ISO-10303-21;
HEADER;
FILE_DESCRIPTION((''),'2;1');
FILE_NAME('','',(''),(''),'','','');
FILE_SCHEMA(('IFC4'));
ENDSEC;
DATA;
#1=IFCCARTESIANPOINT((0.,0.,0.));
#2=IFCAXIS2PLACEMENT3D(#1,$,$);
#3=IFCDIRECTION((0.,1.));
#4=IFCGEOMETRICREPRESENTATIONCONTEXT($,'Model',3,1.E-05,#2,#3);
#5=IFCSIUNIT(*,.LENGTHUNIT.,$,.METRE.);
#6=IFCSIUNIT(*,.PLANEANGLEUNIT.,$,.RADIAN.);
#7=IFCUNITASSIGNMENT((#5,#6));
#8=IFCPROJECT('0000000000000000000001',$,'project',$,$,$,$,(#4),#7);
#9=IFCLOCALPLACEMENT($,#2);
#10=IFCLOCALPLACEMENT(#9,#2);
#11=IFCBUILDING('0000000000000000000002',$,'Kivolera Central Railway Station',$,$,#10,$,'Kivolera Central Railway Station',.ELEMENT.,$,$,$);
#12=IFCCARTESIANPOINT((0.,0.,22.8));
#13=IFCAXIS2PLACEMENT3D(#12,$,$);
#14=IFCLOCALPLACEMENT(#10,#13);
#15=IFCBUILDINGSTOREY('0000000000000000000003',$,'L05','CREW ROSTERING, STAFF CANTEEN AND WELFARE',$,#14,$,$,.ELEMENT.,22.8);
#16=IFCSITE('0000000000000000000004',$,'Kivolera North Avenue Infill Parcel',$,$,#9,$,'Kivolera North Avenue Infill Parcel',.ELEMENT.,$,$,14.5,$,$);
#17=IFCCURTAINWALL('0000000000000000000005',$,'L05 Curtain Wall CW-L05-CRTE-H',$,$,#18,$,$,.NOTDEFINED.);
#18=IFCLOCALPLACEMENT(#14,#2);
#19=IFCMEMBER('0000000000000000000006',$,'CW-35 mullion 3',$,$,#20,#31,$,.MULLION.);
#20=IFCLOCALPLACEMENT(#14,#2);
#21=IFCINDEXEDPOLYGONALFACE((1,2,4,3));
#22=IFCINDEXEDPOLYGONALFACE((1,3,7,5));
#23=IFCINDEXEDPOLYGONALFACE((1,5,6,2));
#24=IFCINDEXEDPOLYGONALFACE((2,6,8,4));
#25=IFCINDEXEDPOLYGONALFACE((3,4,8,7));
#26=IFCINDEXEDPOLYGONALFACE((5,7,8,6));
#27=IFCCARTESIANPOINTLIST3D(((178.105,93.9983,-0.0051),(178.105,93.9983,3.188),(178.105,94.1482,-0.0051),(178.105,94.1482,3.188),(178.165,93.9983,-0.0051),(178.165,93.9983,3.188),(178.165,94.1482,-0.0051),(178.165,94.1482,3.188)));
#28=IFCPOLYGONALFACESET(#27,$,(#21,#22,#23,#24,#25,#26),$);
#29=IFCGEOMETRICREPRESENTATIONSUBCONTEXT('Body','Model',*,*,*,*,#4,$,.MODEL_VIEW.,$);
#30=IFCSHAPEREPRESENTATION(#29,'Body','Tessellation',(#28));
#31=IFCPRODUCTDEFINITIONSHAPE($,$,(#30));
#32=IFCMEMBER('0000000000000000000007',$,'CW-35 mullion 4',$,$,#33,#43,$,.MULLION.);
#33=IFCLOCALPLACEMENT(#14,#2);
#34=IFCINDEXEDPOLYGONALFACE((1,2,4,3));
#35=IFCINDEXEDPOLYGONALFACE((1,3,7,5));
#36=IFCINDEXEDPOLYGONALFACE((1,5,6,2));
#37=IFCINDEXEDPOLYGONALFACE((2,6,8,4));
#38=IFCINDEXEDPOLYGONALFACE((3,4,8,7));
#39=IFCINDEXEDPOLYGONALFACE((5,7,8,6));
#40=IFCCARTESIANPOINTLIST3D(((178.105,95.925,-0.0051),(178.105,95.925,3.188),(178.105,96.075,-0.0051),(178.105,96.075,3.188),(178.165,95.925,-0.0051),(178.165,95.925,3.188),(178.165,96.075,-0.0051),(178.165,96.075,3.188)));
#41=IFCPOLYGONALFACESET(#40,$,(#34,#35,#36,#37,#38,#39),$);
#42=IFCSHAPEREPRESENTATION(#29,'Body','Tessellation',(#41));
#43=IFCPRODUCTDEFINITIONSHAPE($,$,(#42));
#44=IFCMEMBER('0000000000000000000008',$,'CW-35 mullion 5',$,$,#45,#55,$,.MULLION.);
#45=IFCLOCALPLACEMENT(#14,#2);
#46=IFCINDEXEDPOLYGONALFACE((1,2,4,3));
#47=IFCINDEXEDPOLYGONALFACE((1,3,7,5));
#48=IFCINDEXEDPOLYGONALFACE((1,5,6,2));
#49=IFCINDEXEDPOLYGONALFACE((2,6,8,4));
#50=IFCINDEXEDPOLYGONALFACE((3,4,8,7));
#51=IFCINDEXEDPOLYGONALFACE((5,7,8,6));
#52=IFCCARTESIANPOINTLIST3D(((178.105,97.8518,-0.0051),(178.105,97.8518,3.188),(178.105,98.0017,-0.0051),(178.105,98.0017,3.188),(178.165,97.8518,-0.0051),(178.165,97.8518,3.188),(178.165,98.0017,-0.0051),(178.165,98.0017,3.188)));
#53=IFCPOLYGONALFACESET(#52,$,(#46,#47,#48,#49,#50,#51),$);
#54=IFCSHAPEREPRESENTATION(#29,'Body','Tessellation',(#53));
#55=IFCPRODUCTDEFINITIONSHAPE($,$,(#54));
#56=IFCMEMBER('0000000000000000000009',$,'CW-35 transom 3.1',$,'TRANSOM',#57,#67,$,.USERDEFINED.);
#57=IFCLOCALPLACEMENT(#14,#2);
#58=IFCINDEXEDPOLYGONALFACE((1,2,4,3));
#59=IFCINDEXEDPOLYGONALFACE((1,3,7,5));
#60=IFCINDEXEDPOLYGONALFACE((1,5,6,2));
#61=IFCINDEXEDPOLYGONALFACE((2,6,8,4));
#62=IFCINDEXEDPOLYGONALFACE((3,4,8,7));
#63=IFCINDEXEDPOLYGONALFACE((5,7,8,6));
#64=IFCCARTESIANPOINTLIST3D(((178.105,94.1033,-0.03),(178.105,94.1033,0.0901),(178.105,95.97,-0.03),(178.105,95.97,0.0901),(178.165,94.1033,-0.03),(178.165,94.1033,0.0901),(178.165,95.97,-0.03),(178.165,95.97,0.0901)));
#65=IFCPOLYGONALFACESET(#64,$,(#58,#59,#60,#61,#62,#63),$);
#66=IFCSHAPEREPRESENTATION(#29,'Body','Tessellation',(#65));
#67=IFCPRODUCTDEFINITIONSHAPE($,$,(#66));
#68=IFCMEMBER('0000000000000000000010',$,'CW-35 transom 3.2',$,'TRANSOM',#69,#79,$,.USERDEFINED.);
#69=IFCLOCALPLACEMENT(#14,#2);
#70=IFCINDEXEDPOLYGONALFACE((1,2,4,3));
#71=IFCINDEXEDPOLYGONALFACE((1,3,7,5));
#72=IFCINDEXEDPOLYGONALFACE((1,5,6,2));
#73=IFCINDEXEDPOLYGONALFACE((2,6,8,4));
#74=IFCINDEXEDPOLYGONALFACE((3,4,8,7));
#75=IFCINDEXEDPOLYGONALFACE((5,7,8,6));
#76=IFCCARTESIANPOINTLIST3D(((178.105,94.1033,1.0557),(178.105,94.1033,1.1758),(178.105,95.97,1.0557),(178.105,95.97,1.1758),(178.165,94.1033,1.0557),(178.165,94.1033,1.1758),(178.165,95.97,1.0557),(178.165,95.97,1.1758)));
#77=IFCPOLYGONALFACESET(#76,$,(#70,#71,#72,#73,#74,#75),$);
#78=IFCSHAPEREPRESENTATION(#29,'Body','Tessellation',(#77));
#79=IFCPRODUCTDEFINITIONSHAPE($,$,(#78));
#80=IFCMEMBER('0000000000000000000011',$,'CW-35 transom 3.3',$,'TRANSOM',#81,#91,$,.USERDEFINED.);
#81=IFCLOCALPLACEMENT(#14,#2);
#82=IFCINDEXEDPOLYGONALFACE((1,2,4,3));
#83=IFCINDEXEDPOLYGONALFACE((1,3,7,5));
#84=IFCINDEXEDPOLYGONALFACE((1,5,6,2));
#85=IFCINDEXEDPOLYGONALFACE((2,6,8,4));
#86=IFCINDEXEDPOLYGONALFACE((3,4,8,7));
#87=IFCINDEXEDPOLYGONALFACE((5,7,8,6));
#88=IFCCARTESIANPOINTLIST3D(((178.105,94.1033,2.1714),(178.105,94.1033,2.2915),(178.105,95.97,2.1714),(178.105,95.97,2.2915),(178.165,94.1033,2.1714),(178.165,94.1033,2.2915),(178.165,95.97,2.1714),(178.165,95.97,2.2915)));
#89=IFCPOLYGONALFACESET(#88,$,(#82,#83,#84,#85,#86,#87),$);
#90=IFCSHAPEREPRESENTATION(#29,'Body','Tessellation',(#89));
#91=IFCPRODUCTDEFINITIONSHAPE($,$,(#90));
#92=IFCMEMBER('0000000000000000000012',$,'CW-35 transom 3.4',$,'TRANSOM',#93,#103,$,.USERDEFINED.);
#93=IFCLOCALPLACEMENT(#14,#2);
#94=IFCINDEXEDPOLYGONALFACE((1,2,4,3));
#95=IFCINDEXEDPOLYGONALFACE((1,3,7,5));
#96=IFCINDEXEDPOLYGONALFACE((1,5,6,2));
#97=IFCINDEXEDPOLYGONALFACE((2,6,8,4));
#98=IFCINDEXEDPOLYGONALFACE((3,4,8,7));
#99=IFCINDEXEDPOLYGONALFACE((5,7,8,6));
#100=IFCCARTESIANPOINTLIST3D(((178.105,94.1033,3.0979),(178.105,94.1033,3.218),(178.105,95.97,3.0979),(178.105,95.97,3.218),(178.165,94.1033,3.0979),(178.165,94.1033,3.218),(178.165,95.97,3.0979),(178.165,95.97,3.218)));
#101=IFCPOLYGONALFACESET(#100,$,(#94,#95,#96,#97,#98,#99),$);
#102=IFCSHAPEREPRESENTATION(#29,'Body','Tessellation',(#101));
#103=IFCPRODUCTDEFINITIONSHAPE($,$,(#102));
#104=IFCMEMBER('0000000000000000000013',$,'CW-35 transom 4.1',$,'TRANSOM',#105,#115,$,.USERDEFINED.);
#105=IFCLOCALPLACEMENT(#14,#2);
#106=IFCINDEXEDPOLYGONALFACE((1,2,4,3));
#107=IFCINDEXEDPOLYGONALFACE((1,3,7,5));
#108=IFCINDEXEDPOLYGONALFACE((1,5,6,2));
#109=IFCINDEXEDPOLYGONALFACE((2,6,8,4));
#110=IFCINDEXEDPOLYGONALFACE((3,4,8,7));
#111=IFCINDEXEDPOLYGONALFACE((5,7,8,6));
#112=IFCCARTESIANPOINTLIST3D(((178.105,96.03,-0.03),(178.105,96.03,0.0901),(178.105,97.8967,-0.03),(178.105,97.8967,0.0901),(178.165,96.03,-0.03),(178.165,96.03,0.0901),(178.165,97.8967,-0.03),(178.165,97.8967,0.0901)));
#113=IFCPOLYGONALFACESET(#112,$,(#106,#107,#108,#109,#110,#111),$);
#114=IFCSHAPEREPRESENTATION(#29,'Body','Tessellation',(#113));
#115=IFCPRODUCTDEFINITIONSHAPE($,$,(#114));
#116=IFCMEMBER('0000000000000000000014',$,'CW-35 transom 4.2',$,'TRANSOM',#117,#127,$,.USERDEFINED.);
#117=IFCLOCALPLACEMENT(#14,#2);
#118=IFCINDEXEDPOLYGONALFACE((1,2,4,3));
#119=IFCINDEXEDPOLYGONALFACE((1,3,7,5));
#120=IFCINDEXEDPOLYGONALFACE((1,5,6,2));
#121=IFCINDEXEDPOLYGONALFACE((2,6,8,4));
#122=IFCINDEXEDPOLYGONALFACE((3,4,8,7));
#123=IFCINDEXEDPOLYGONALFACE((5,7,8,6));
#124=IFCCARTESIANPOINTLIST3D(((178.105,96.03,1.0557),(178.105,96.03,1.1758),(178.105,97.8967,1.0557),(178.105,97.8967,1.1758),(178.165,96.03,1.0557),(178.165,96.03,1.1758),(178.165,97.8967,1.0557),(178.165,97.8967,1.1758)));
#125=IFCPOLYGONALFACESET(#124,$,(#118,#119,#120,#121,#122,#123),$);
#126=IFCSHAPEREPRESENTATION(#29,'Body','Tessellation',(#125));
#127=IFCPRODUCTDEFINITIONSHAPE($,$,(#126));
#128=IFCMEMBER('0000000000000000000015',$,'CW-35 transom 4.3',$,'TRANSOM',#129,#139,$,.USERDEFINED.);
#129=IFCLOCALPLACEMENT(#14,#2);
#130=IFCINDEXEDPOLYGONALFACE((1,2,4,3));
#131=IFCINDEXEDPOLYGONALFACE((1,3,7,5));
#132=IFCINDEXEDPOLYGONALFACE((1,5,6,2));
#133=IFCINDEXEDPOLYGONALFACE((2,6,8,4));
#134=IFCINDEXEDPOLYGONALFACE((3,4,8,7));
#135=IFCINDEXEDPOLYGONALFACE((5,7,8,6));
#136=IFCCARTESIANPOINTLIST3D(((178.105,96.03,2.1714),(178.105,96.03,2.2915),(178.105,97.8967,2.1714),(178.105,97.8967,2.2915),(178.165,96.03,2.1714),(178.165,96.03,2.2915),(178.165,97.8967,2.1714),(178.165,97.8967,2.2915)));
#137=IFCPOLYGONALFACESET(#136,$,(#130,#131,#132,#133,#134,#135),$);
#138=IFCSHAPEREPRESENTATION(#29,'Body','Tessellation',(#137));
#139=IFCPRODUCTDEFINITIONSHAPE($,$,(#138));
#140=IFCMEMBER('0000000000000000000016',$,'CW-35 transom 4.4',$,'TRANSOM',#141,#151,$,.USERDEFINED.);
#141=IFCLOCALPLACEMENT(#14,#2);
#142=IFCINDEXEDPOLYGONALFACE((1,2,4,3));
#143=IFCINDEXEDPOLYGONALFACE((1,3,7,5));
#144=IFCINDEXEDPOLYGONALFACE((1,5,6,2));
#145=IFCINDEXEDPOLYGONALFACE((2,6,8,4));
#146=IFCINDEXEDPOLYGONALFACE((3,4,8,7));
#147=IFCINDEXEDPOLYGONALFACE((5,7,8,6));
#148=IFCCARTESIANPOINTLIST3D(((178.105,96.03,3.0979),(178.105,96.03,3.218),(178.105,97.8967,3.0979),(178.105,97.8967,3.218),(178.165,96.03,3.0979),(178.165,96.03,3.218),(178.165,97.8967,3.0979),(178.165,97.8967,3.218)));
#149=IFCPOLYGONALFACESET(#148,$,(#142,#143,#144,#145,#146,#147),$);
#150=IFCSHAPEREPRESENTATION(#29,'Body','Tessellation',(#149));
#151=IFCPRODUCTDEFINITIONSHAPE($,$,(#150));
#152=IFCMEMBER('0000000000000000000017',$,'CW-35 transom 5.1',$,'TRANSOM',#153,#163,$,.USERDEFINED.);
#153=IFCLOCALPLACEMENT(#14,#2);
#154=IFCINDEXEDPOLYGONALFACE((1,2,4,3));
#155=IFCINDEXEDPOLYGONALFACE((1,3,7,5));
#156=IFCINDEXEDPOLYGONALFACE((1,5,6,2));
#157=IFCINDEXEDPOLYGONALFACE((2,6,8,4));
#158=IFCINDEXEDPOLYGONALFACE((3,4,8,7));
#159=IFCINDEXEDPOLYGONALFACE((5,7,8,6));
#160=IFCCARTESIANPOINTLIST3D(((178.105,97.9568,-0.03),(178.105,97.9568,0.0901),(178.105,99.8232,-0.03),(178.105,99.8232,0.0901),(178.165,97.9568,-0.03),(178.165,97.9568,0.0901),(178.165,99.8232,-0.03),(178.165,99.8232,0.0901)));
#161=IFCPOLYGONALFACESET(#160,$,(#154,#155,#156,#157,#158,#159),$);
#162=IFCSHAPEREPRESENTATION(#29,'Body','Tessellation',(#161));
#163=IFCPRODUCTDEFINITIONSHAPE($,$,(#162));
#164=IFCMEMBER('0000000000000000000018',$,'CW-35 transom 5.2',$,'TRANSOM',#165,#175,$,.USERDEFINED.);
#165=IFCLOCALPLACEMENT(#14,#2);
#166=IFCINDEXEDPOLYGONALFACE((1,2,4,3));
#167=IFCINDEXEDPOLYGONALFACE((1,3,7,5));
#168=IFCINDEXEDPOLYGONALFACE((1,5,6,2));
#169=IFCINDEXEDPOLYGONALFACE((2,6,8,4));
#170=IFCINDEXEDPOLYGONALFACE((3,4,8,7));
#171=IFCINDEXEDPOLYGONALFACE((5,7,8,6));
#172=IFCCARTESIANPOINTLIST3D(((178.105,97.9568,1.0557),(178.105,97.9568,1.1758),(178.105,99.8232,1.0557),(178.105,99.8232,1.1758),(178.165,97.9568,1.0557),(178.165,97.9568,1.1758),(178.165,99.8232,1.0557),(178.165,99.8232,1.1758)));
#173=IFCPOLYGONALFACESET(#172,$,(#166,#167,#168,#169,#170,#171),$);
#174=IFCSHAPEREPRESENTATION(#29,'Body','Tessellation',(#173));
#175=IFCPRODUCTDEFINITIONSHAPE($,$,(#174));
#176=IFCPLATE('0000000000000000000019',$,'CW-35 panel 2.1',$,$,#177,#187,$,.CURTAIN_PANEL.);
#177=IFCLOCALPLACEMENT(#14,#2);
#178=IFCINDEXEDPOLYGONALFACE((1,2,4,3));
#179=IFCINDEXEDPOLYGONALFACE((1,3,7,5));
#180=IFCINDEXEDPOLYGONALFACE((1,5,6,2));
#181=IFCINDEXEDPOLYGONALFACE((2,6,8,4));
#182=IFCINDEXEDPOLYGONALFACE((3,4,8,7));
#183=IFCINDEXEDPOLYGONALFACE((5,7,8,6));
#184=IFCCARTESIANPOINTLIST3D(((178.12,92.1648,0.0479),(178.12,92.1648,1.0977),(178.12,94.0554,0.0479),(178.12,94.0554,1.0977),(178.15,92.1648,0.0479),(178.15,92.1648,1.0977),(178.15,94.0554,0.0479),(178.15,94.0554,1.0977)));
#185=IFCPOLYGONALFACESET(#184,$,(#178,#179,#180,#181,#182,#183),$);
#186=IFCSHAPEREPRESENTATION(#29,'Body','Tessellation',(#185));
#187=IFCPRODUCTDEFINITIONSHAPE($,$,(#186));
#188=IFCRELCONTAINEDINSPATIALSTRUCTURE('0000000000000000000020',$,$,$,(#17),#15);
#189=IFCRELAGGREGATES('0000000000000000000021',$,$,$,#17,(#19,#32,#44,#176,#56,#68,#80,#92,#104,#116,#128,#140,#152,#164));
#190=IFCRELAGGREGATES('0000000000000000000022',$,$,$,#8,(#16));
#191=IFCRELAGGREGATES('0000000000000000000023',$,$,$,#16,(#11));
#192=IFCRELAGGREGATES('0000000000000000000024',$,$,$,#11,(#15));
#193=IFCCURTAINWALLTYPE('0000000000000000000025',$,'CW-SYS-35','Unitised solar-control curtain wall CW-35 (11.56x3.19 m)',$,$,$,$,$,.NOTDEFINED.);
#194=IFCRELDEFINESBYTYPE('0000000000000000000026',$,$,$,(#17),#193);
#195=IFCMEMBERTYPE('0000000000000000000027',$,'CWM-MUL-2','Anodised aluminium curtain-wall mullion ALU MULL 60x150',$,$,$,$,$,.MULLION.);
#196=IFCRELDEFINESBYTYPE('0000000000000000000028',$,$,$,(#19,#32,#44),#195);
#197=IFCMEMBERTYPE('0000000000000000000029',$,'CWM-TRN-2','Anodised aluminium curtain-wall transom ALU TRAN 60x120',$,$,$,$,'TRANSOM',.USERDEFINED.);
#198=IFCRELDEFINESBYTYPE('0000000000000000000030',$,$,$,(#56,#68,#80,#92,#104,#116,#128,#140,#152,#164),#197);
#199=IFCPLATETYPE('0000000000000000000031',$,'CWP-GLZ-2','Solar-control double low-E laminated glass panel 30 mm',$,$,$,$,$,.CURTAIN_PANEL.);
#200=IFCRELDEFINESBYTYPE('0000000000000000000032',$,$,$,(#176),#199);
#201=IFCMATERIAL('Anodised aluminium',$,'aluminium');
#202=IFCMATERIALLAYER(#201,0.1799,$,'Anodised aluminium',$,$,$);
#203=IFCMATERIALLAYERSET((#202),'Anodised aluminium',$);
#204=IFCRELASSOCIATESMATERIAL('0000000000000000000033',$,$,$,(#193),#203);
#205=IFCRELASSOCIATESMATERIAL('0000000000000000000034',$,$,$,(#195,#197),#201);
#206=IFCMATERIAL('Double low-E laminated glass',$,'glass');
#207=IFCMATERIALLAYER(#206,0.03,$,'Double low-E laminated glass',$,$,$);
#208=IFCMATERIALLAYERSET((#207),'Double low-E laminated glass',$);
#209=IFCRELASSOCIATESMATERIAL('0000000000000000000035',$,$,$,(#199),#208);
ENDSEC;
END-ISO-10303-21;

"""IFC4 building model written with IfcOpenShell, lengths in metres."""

from ifc_helpers import new_model, si_unit, direction, frame, origin, origin_2d, place, context, subcontext, project, spatial, rectangle, extrude, material, layer, layer_set, material_profile, profile_set, type_object, element, aggregate, save


model = new_model("IFC4")

# Units and contexts
model_context = context("Model", 3, precision=1e-05, world=origin(), true_north=direction((0.0, 1.0)))
body_context = subcontext(model_context, "Body", "Model", "MODEL_VIEW")
ifc_project = project(units=[si_unit("LENGTHUNIT", "METRE"), si_unit("PLANEANGLEUNIT", "RADIAN")], contexts=[model_context])

# Site, building, storey
site_placement = place(None, origin())
site = spatial("IfcSite", under=ifc_project, at=site_placement, Name="Kivolera North Avenue Infill Parcel", LongName="Kivolera North Avenue Infill Parcel", CompositionType="ELEMENT", RefElevation=14.5)
building_placement = place(site_placement, origin())
building = spatial("IfcBuilding", under=site, at=building_placement, Name="Kivolera Central Railway Station", LongName="Kivolera Central Railway Station", CompositionType="ELEMENT")
storey_placement = place(building_placement, frame((0.0, 0.0, 22.8)))
storey = spatial("IfcBuildingStorey", under=building, at=storey_placement, Name="L05", Description="CREW ROSTERING, STAFF CANTEEN AND WELFARE", CompositionType="ELEMENT", Elevation=22.8)

# Curtain wall, members, plate
ifc_material_1 = material(Name="Anodised aluminium", Category="aluminium")
ifc_layer_1 = layer(ifc_material_1, 0.1799, Name="Anodised aluminium")
ifc_layer_set_1 = layer_set([ifc_layer_1], Name="Anodised aluminium")
curtain_wall_type = type_object("IfcCurtainWallType", Name="CW-SYS-35", Description="Unitised solar-control curtain wall CW-35 (11.56x3.19 m)", PredefinedType="NOTDEFINED", material=ifc_layer_set_1)
curtain_wall_placement = place(storey_placement, origin())
curtain_wall = element("IfcCurtainWall", 1, at=curtain_wall_placement, inside=storey, type_object=curtain_wall_type, Name="L05 Curtain Wall CW-L05-CRTE-H", PredefinedType="NOTDEFINED")
ifc_material_profile_1 = material_profile(ifc_material_1, rectangle(XDim=0.0601, YDim=0.1499, at=origin_2d()), Name="ALU MULL 60x150")
ifc_profile_set_1 = profile_set([ifc_material_profile_1], Name="Anodised aluminium")
member_type_1 = type_object("IfcMemberType", Name="CWM-MUL-2", Description="Anodised aluminium curtain-wall mullion ALU MULL 60x150", PredefinedType="MULLION", material=ifc_profile_set_1)
member_1_placement = place(storey_placement, frame((178.135, 94.0732, -0.0051), z_axis=(0.0, 0.0, 1.0), x_axis=(-1.0, 0.0, 0.0)))
member_1 = element("IfcMember", 2, at=member_1_placement, type_object=member_type_1, Name="CW-35 mullion 3", PredefinedType="MULLION", context=body_context, shape_type="SweptSolid", body=[
    extrude(rectangle(XDim=0.0601, YDim=0.1499, at=origin_2d()), origin(), (0.0, 0.0, 1.0), 3.1931),
])
member_2_placement = place(storey_placement, frame((178.135, 96.0, -0.0051), z_axis=(0.0, 0.0, 1.0), x_axis=(-1.0, 0.0, 0.0)))
member_2 = element("IfcMember", 3, at=member_2_placement, type_object=member_type_1, Name="CW-35 mullion 4", PredefinedType="MULLION", context=body_context, shape_type="SweptSolid", body=[
    extrude(rectangle(XDim=0.0601, YDim=0.1499, at=origin_2d()), origin(), (0.0, 0.0, 1.0), 3.1931),
])
member_3_placement = place(storey_placement, frame((178.135, 97.9268, -0.0051), z_axis=(0.0, 0.0, 1.0), x_axis=(-1.0, 0.0, 0.0)))
member_3 = element("IfcMember", 4, at=member_3_placement, type_object=member_type_1, Name="CW-35 mullion 5", PredefinedType="MULLION", context=body_context, shape_type="SweptSolid", body=[
    extrude(rectangle(XDim=0.0601, YDim=0.1499, at=origin_2d()), origin(), (0.0, 0.0, 1.0), 3.1931),
])
ifc_material_profile_2 = material_profile(ifc_material_1, rectangle(XDim=0.0601, YDim=0.1201, at=origin_2d()), Name="ALU TRAN 60x120")
ifc_profile_set_2 = profile_set([ifc_material_profile_2], Name="Anodised aluminium")
member_type_2 = type_object("IfcMemberType", Name="CWM-TRN-2", Description="Anodised aluminium curtain-wall transom ALU TRAN 60x120", ElementType="TRANSOM", PredefinedType="USERDEFINED", material=ifc_profile_set_2)
member_4_placement = place(storey_placement, frame((178.135, 94.1033, 0.03), z_axis=(0.0, 1.0, 0.0), x_axis=(-1.0, 0.0, 0.0)))
member_4 = element("IfcMember", 5, at=member_4_placement, type_object=member_type_2, Name="CW-35 transom 3.1", ObjectType="TRANSOM", PredefinedType="USERDEFINED", context=body_context, shape_type="SweptSolid", body=[
    extrude(rectangle(XDim=0.0601, YDim=0.1201, at=origin_2d()), origin(), (0.0, 0.0, 1.0), 1.8667),
])
member_5_placement = place(storey_placement, frame((178.135, 94.1033, 1.1157), z_axis=(0.0, 1.0, 0.0), x_axis=(-1.0, 0.0, 0.0)))
member_5 = element("IfcMember", 6, at=member_5_placement, type_object=member_type_2, Name="CW-35 transom 3.2", ObjectType="TRANSOM", PredefinedType="USERDEFINED", context=body_context, shape_type="SweptSolid", body=[
    extrude(rectangle(XDim=0.0601, YDim=0.1201, at=origin_2d()), origin(), (0.0, 0.0, 1.0), 1.8667),
])
member_6_placement = place(storey_placement, frame((178.135, 94.1033, 2.2314), z_axis=(0.0, 1.0, 0.0), x_axis=(-1.0, 0.0, 0.0)))
member_6 = element("IfcMember", 7, at=member_6_placement, type_object=member_type_2, Name="CW-35 transom 3.3", ObjectType="TRANSOM", PredefinedType="USERDEFINED", context=body_context, shape_type="SweptSolid", body=[
    extrude(rectangle(XDim=0.0601, YDim=0.1201, at=origin_2d()), origin(), (0.0, 0.0, 1.0), 1.8667),
])
member_7_placement = place(storey_placement, frame((178.135, 94.1033, 3.158), z_axis=(0.0, 1.0, 0.0), x_axis=(-1.0, 0.0, 0.0)))
member_7 = element("IfcMember", 8, at=member_7_placement, type_object=member_type_2, Name="CW-35 transom 3.4", ObjectType="TRANSOM", PredefinedType="USERDEFINED", context=body_context, shape_type="SweptSolid", body=[
    extrude(rectangle(XDim=0.0601, YDim=0.1201, at=origin_2d()), origin(), (0.0, 0.0, 1.0), 1.8667),
])
member_8_placement = place(storey_placement, frame((178.135, 96.03, 0.03), z_axis=(0.0, 1.0, 0.0), x_axis=(-1.0, 0.0, 0.0)))
member_8 = element("IfcMember", 9, at=member_8_placement, type_object=member_type_2, Name="CW-35 transom 4.1", ObjectType="TRANSOM", PredefinedType="USERDEFINED", context=body_context, shape_type="SweptSolid", body=[
    extrude(rectangle(XDim=0.0601, YDim=0.1201, at=origin_2d()), origin(), (0.0, 0.0, 1.0), 1.8667),
])
member_9_placement = place(storey_placement, frame((178.135, 96.03, 1.1157), z_axis=(0.0, 1.0, 0.0), x_axis=(-1.0, 0.0, 0.0)))
member_9 = element("IfcMember", 10, at=member_9_placement, type_object=member_type_2, Name="CW-35 transom 4.2", ObjectType="TRANSOM", PredefinedType="USERDEFINED", context=body_context, shape_type="SweptSolid", body=[
    extrude(rectangle(XDim=0.0601, YDim=0.1201, at=origin_2d()), origin(), (0.0, 0.0, 1.0), 1.8667),
])
member_10_placement = place(storey_placement, frame((178.135, 96.03, 2.2314), z_axis=(0.0, 1.0, 0.0), x_axis=(-1.0, 0.0, 0.0)))
member_10 = element("IfcMember", 11, at=member_10_placement, type_object=member_type_2, Name="CW-35 transom 4.3", ObjectType="TRANSOM", PredefinedType="USERDEFINED", context=body_context, shape_type="SweptSolid", body=[
    extrude(rectangle(XDim=0.0601, YDim=0.1201, at=origin_2d()), origin(), (0.0, 0.0, 1.0), 1.8667),
])
member_11_placement = place(storey_placement, frame((178.135, 96.03, 3.158), z_axis=(0.0, 1.0, 0.0), x_axis=(-1.0, 0.0, 0.0)))
member_11 = element("IfcMember", 12, at=member_11_placement, type_object=member_type_2, Name="CW-35 transom 4.4", ObjectType="TRANSOM", PredefinedType="USERDEFINED", context=body_context, shape_type="SweptSolid", body=[
    extrude(rectangle(XDim=0.0601, YDim=0.1201, at=origin_2d()), origin(), (0.0, 0.0, 1.0), 1.8667),
])
member_12_placement = place(storey_placement, frame((178.135, 97.9568, 0.03), z_axis=(0.0, 1.0, 0.0), x_axis=(-1.0, 0.0, 0.0)))
member_12 = element("IfcMember", 13, at=member_12_placement, type_object=member_type_2, Name="CW-35 transom 5.1", ObjectType="TRANSOM", PredefinedType="USERDEFINED", context=body_context, shape_type="SweptSolid", body=[
    extrude(rectangle(XDim=0.0601, YDim=0.1201, at=origin_2d()), origin(), (0.0, 0.0, 1.0), 1.8665),
])
member_13_placement = place(storey_placement, frame((178.135, 97.9568, 1.1157), z_axis=(0.0, 1.0, 0.0), x_axis=(-1.0, 0.0, 0.0)))
member_13 = element("IfcMember", 14, at=member_13_placement, type_object=member_type_2, Name="CW-35 transom 5.2", ObjectType="TRANSOM", PredefinedType="USERDEFINED", context=body_context, shape_type="SweptSolid", body=[
    extrude(rectangle(XDim=0.0601, YDim=0.1201, at=origin_2d()), origin(), (0.0, 0.0, 1.0), 1.8665),
])
ifc_material_2 = material(Name="Double low-E laminated glass", Category="glass")
ifc_layer_2 = layer(ifc_material_2, 0.03, Name="Double low-E laminated glass")
ifc_layer_set_2 = layer_set([ifc_layer_2], Name="Double low-E laminated glass")
plate_type = type_object("IfcPlateType", Name="CWP-GLZ-2", Description="Solar-control double low-E laminated glass panel 30 mm", PredefinedType="CURTAIN_PANEL", material=ifc_layer_set_2)
plate_1_placement = place(storey_placement, frame((178.135, 93.1101, 0.0479), z_axis=(0.0, 0.0, 1.0), x_axis=(0.0, 1.0, 0.0)))
plate_1 = element("IfcPlate", 15, at=plate_1_placement, type_object=plate_type, Name="CW-35 panel 2.1", PredefinedType="CURTAIN_PANEL", context=body_context, shape_type="SweptSolid", body=[
    extrude(rectangle(XDim=1.8906, YDim=0.03, at=origin_2d()), origin(), (0.0, 0.0, 1.0), 1.0498),
])
aggregate(curtain_wall, [member_1, member_2, member_3, plate_1, member_4, member_5, member_6, member_7, member_8, member_9, member_10, member_11, member_12, member_13])

save(model, "model.ifc")
